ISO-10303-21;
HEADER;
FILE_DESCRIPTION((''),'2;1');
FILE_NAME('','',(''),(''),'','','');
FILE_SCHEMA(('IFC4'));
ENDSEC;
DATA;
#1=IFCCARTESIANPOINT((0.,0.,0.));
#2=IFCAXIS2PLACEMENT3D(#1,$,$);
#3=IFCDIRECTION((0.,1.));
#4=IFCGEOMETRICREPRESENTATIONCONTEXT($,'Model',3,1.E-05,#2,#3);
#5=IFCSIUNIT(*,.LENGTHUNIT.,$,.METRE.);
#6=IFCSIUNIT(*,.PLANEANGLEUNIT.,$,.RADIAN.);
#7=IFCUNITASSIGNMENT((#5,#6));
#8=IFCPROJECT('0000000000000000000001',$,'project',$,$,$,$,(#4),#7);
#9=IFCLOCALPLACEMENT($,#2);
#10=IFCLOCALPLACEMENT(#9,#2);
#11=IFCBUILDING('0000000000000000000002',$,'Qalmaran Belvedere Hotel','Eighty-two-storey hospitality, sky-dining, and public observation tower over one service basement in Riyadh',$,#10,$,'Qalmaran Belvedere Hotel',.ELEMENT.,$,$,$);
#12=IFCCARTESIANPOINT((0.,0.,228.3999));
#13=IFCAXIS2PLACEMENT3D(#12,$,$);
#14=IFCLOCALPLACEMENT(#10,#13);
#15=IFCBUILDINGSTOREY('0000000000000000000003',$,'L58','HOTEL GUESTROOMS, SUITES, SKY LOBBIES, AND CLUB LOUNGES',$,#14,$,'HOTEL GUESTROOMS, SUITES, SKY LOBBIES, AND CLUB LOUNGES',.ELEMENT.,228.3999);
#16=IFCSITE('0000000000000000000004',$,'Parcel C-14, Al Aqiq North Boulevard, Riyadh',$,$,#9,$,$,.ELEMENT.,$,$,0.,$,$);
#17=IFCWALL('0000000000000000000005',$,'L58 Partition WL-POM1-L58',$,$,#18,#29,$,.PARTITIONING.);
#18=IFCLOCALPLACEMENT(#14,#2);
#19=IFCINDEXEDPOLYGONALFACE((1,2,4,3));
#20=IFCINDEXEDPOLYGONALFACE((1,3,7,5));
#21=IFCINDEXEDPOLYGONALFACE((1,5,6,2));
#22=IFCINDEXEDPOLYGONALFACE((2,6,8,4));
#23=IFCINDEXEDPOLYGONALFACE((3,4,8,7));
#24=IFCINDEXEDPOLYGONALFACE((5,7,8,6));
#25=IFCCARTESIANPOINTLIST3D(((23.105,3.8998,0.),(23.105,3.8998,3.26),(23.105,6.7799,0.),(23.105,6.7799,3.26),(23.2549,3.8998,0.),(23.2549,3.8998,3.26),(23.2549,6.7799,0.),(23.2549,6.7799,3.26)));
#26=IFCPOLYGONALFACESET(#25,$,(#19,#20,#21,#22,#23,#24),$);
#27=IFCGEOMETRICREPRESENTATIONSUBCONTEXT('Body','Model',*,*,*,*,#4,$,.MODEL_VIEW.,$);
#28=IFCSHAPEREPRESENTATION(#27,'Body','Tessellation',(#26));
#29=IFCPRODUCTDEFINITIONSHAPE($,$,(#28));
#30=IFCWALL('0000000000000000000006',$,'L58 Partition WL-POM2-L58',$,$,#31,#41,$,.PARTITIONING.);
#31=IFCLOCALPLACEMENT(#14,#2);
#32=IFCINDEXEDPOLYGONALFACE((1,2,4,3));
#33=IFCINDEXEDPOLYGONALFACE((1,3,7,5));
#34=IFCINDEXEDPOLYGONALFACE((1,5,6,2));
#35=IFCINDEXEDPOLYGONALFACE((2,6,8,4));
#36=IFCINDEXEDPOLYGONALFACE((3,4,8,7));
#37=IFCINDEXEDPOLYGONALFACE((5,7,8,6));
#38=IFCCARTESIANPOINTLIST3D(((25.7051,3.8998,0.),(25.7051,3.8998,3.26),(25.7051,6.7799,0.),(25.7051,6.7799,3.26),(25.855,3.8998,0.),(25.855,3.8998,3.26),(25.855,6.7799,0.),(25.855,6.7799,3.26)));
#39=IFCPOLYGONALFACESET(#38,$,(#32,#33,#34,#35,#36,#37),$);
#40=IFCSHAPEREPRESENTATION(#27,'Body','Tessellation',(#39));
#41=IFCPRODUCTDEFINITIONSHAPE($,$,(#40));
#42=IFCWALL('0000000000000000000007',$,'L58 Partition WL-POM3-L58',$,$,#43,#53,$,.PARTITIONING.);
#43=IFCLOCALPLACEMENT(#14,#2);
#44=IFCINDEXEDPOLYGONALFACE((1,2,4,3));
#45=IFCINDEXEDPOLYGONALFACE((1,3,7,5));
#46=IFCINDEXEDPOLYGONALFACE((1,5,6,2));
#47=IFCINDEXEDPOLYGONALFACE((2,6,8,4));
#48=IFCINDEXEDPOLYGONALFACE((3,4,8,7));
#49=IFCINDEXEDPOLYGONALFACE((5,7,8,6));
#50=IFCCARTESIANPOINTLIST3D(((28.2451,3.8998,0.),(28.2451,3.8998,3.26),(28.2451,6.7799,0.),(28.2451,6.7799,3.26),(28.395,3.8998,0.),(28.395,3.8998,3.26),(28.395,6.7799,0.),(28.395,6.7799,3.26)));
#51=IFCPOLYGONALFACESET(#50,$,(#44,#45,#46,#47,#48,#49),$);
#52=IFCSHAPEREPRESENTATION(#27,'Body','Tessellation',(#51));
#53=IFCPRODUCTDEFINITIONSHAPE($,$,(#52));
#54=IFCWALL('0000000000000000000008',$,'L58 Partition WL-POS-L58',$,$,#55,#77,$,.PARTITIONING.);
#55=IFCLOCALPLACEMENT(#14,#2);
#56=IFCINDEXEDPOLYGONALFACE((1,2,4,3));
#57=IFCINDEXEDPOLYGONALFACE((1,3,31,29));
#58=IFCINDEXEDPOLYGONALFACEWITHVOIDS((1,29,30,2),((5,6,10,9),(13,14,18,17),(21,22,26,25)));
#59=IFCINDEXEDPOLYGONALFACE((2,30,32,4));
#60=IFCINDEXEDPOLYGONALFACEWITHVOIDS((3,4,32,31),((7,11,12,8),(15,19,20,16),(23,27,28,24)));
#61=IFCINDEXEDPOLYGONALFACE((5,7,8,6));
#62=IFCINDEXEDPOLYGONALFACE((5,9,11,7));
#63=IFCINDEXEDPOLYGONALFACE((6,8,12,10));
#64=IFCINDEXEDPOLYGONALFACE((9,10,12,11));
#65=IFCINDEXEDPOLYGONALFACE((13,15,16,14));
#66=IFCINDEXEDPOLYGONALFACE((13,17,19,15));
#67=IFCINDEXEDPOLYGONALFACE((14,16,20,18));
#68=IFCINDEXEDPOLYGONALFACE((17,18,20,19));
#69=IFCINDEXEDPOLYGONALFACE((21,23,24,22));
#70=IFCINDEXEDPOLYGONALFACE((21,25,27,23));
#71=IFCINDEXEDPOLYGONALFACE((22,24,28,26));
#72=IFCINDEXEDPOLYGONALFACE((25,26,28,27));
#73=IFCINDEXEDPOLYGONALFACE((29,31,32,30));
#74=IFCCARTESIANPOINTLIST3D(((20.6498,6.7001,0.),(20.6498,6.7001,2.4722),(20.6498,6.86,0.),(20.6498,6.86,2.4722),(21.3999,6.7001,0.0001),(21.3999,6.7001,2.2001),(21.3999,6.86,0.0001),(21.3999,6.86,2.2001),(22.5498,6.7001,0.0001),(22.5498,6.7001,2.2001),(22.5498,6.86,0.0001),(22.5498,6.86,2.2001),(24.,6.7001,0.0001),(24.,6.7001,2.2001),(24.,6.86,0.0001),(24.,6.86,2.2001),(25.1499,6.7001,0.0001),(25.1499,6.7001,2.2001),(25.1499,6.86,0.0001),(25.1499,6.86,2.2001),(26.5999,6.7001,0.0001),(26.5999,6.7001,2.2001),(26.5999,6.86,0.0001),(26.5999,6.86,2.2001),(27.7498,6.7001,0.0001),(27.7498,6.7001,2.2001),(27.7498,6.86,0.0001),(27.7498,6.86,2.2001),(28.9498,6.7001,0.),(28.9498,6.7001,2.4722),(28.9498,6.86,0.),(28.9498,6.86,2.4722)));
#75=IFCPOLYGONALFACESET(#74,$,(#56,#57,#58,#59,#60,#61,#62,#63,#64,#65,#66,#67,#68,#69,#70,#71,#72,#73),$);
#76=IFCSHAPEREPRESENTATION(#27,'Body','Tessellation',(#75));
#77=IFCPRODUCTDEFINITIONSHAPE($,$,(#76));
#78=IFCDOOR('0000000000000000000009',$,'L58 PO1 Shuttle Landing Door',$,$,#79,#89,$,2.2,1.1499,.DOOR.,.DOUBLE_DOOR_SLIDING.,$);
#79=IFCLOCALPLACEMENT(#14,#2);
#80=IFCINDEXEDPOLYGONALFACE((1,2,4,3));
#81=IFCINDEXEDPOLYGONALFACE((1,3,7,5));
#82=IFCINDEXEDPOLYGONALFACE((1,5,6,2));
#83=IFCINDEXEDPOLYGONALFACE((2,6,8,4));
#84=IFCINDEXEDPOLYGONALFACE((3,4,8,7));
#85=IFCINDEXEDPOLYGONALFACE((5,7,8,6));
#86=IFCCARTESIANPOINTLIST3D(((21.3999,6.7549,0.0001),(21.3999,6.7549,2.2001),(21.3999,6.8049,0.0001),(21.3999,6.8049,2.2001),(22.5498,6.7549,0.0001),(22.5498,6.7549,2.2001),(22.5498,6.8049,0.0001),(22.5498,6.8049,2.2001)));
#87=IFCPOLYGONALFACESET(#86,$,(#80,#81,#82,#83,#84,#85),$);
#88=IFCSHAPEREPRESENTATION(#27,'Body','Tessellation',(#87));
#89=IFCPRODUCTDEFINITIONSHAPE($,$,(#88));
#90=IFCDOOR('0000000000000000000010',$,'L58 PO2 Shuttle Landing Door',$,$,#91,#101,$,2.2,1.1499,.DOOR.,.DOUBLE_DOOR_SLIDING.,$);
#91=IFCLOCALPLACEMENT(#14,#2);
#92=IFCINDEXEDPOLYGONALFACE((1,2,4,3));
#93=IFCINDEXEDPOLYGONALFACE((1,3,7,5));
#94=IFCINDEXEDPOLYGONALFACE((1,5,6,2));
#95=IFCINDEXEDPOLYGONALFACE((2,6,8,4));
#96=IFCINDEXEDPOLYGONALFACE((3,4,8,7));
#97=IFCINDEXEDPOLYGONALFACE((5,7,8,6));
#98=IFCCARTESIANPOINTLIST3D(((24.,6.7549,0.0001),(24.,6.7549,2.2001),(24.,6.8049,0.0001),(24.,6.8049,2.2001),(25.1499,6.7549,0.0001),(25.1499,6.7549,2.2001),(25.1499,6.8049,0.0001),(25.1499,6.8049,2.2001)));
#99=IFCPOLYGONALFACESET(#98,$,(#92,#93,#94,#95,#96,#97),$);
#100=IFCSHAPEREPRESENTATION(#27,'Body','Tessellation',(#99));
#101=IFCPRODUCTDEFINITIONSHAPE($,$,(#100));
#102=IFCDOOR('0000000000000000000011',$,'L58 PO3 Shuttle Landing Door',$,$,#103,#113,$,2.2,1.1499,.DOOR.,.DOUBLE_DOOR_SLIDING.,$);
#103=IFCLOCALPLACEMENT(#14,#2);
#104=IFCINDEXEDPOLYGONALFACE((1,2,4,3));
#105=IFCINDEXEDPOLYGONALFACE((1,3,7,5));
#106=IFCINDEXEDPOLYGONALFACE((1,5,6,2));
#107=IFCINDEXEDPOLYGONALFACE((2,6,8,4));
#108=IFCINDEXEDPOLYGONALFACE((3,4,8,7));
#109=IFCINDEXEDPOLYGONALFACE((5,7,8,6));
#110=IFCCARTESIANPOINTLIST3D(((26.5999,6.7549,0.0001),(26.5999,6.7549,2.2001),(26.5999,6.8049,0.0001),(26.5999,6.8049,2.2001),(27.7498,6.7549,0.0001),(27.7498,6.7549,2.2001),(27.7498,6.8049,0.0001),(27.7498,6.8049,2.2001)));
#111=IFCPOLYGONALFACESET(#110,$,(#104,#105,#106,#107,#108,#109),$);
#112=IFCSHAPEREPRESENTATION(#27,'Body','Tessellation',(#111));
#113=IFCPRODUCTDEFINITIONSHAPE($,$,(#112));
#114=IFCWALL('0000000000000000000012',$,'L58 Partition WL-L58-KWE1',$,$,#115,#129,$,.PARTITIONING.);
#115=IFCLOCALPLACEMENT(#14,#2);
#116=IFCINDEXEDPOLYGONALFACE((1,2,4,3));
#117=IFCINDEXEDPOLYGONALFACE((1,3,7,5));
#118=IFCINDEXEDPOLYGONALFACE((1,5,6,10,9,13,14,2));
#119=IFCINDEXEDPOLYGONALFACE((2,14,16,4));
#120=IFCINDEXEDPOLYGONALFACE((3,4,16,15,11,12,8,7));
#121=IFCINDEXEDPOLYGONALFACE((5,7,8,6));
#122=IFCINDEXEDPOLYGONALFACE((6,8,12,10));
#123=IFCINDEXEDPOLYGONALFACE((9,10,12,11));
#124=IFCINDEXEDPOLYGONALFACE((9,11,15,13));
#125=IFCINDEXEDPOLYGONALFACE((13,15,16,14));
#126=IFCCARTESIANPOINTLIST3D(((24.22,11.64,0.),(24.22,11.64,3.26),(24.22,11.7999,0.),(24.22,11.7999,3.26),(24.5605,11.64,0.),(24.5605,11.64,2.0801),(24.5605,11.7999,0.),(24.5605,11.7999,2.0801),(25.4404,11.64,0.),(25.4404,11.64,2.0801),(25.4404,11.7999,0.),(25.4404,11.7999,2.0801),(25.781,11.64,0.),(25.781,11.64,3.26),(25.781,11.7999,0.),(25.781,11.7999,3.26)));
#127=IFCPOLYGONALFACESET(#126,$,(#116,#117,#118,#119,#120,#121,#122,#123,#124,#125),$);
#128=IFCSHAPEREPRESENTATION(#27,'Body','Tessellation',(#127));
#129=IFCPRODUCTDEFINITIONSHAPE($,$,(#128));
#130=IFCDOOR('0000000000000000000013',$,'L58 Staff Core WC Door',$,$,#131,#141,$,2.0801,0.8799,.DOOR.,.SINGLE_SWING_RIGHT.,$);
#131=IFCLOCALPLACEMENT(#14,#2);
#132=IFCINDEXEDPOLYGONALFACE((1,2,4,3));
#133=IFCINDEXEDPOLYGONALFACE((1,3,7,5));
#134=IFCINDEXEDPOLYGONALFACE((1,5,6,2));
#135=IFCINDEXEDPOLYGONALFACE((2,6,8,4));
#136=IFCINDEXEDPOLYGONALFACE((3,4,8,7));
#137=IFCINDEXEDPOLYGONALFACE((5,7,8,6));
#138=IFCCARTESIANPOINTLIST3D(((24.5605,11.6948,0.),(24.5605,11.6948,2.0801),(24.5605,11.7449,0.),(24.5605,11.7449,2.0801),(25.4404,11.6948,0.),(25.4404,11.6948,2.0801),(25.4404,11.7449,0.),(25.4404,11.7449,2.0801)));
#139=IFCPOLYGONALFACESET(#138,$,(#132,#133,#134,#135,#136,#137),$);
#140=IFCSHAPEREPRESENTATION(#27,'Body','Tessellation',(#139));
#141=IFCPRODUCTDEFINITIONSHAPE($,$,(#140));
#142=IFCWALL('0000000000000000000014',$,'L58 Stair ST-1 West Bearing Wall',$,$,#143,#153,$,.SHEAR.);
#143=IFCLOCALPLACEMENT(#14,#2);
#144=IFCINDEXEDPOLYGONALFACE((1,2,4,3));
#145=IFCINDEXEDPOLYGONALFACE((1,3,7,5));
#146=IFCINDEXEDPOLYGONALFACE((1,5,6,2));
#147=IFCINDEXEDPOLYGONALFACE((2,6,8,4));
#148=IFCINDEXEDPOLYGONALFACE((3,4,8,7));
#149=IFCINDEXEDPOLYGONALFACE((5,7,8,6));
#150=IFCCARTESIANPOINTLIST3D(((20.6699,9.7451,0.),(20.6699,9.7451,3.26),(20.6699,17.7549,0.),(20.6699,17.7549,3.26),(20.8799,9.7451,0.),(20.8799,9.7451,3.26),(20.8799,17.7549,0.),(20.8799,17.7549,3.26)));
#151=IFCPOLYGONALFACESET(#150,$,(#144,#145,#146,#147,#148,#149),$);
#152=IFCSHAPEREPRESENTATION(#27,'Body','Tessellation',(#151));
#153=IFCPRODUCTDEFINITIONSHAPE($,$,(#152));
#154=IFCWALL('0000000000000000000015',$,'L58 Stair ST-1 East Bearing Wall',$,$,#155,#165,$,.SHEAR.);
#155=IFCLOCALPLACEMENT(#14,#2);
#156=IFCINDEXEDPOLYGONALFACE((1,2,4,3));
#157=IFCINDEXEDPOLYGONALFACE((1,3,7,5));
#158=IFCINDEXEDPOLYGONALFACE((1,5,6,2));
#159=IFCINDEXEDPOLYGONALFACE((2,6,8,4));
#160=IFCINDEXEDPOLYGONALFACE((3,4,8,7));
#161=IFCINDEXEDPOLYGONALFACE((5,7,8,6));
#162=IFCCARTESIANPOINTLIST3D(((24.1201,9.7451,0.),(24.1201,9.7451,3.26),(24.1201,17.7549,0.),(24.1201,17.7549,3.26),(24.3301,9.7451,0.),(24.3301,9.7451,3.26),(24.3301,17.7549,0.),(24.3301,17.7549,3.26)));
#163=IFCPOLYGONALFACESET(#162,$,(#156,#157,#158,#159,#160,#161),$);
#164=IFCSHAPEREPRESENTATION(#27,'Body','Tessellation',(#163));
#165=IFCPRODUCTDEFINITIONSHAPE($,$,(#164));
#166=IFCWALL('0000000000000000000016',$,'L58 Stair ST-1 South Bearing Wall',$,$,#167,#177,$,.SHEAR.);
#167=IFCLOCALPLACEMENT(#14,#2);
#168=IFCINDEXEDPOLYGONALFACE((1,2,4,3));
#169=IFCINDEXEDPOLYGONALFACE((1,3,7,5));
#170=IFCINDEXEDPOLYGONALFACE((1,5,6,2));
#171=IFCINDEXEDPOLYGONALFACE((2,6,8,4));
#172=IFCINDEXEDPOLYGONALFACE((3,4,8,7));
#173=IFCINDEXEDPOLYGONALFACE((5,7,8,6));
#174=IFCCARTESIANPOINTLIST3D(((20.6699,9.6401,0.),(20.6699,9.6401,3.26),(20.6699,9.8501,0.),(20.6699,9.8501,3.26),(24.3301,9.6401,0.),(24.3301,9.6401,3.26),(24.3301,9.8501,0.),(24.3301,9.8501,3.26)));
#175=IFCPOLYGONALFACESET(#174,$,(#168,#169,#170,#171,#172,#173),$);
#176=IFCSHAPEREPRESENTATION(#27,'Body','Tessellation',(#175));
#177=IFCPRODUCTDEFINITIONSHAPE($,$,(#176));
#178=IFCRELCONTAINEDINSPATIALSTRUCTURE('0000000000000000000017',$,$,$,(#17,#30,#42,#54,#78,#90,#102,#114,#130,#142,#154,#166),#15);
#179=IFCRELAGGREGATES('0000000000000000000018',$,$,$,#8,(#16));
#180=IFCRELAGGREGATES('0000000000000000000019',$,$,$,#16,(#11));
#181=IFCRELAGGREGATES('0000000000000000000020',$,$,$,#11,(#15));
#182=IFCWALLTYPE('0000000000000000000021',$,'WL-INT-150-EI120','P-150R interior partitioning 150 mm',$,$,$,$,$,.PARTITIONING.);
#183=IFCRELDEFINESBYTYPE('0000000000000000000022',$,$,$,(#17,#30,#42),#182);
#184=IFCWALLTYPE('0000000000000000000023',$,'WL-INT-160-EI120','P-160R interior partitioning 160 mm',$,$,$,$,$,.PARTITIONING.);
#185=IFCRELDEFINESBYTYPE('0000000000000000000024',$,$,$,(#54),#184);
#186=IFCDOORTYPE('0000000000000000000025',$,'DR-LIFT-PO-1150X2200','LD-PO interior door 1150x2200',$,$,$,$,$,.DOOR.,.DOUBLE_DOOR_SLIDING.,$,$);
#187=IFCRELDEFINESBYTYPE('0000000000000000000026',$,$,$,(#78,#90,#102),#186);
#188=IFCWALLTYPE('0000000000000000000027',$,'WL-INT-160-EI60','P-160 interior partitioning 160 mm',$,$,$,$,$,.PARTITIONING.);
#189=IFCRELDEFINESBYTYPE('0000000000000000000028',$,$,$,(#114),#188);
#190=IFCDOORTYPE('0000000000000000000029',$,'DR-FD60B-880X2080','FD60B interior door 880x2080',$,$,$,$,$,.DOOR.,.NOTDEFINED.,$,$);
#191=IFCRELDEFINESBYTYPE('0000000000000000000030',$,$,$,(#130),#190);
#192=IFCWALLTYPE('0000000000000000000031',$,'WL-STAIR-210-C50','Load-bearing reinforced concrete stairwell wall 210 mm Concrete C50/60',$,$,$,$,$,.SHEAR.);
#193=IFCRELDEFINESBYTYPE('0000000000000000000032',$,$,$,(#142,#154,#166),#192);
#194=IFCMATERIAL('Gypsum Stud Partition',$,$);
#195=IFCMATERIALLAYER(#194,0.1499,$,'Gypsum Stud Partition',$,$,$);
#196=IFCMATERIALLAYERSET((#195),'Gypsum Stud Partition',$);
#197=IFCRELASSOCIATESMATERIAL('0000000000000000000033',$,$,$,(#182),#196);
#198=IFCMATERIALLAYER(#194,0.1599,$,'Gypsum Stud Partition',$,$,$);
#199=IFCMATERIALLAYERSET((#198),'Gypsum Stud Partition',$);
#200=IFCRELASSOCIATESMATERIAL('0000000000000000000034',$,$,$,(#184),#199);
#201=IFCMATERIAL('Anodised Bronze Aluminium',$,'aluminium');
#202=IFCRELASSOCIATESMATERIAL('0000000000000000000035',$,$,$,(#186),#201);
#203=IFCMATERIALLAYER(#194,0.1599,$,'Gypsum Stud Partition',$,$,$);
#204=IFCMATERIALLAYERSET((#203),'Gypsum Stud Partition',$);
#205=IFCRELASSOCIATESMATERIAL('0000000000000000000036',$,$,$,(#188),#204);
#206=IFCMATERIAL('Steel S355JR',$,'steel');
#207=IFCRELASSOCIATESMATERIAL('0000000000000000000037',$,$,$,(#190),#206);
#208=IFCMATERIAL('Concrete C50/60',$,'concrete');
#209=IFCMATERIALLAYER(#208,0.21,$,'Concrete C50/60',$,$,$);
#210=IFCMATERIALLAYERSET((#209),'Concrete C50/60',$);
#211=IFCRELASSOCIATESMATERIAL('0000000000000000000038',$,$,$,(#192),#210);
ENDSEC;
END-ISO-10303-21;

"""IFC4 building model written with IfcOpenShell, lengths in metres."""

from ifc_helpers import new_model, si_unit, direction, frame, frame_2d, origin, place, context, subcontext, project, spatial, rectangle, extrude, material, layer, layer_set, type_object, element, fill, save


model = new_model("IFC4")

# Units and contexts
model_context = context("Model", 3, precision=1e-05, world=origin(), true_north=direction((0.0, 1.0)))
body_context = subcontext(model_context, "Body", "Model", "MODEL_VIEW")
ifc_project = project(units=[si_unit("LENGTHUNIT", "METRE"), si_unit("PLANEANGLEUNIT", "RADIAN")], contexts=[model_context])

# Site, building, storey
site_placement = place(None, origin())
site = spatial("IfcSite", under=ifc_project, at=site_placement, Name="Parcel C-14, Al Aqiq North Boulevard, Riyadh", CompositionType="ELEMENT", RefElevation=0.0)
building_placement = place(site_placement, origin())
building = spatial("IfcBuilding", under=site, at=building_placement, Name="Qalmaran Belvedere Hotel", Description="Eighty-two-storey hospitality, sky-dining, and public observation tower over one service basement in Riyadh", LongName="Qalmaran Belvedere Hotel", CompositionType="ELEMENT")
storey_placement = place(building_placement, frame((0.0, 0.0, 228.3999)))
storey = spatial("IfcBuildingStorey", under=building, at=storey_placement, Name="L58", Description="HOTEL GUESTROOMS, SUITES, SKY LOBBIES, AND CLUB LOUNGES", LongName="HOTEL GUESTROOMS, SUITES, SKY LOBBIES, AND CLUB LOUNGES", CompositionType="ELEMENT", Elevation=228.3999)

# Shared definitions
ifc_material_1 = material(Name="Concrete C50/60", Category="concrete")

# Shared definitions
ifc_material_2 = material(Name="Steel S355JR", Category="steel")

# Shared definitions
ifc_material_3 = material(Name="Anodised Bronze Aluminium", Category="aluminium")

# Walls
ifc_material_4 = material(Name="Gypsum Stud Partition")
ifc_layer_1 = layer(ifc_material_4, 0.1499, Name="Gypsum Stud Partition")
ifc_layer_set_1 = layer_set([ifc_layer_1], Name="Gypsum Stud Partition")
wall_type_1 = type_object("IfcWallType", Name="WL-INT-150-EI120", Description="P-150R interior partitioning 150 mm", PredefinedType="PARTITIONING", material=ifc_layer_set_1)
for number, where, z_axis, x_axis, name in (
    (1, (23.1799, 3.8999, 0.0), (0.0, 0.0, 1.0), (0.0, 1.0, 0.0), "L58 Partition WL-POM1-L58"),
    (2, (25.78, 3.8999, 0.0), (0.0, 0.0, 1.0), (0.0, 1.0, 0.0), "L58 Partition WL-POM2-L58"),
    (3, (28.3201, 3.8999, 0.0), (0.0, 0.0, 1.0), (0.0, 1.0, 0.0), "L58 Partition WL-POM3-L58"),
):
    element("IfcWall", number, at=place(storey_placement, frame(where, z_axis=z_axis, x_axis=x_axis)), inside=storey, type_object=wall_type_1, Name=name, PredefinedType="PARTITIONING", context=body_context, shape_type="SweptSolid", body=[
        extrude(rectangle(XDim=2.8801, YDim=0.1499, at=frame_2d((1.4399, 0.0))), origin(), (0.0, 0.0, 1.0), 3.26),
    ])

# Wall, openings, doors
ifc_layer_2 = layer(ifc_material_4, 0.1599, Name="Gypsum Stud Partition")
ifc_layer_set_2 = layer_set([ifc_layer_2], Name="Gypsum Stud Partition")
wall_type_2 = type_object("IfcWallType", Name="WL-INT-160-EI120", Description="P-160R interior partitioning 160 mm", PredefinedType="PARTITIONING", material=ifc_layer_set_2)
wall_1_placement = place(storey_placement, frame((20.6499, 6.78, 0.0), z_axis=(0.0, 0.0, 1.0), x_axis=(1.0, 0.0, 0.0)))
wall_1 = element("IfcWall", 4, at=wall_1_placement, inside=storey, type_object=wall_type_2, Name="L58 Partition WL-POS-L58", PredefinedType="PARTITIONING", context=body_context, shape_type="SweptSolid", body=[
    extrude(rectangle(XDim=8.3, YDim=0.1599, at=frame_2d((4.1499, 0.0))), origin(), (0.0, 0.0, 1.0), 2.4722),
])
opening_1_placement = place(wall_1_placement, frame((0.75, 0.0, 0.0)))
opening_1 = element("IfcOpeningElement", 5, at=opening_1_placement, cuts=wall_1, PredefinedType="OPENING", context=body_context, shape_type="SweptSolid", body=[
    extrude(rectangle(XDim=1.1499, YDim=2.2, at=frame_2d((0.575, 1.1001))), frame((0.0, 0.0898, 0.0), z_axis=(0.0, -1.0, 0.0), x_axis=(1.0, 0.0, 0.0)), (0.0, 0.0, 1.0), 0.1799),
])
opening_2_placement = place(wall_1_placement, frame((3.3501, 0.0, 0.0)))
opening_2 = element("IfcOpeningElement", 6, at=opening_2_placement, cuts=wall_1, PredefinedType="OPENING", context=body_context, shape_type="SweptSolid", body=[
    extrude(rectangle(XDim=1.1499, YDim=2.2, at=frame_2d((0.575, 1.1001))), frame((0.0, 0.0898, 0.0), z_axis=(0.0, -1.0, 0.0), x_axis=(1.0, 0.0, 0.0)), (0.0, 0.0, 1.0), 0.1799),
])
opening_3_placement = place(wall_1_placement, frame((5.95, 0.0, 0.0)))
opening_3 = element("IfcOpeningElement", 7, at=opening_3_placement, cuts=wall_1, PredefinedType="OPENING", context=body_context, shape_type="SweptSolid", body=[
    extrude(rectangle(XDim=1.1499, YDim=2.2, at=frame_2d((0.575, 1.1001))), frame((0.0, 0.0898, 0.0), z_axis=(0.0, -1.0, 0.0), x_axis=(1.0, 0.0, 0.0)), (0.0, 0.0, 1.0), 0.1799),
])
door_type_1 = type_object("IfcDoorType", Name="DR-LIFT-PO-1150X2200", Description="LD-PO interior door 1150x2200", OperationType="DOUBLE_DOOR_SLIDING", PredefinedType="DOOR", material=ifc_material_3)
door_1_placement = place(opening_1_placement, origin())
door_1 = element("IfcDoor", 8, at=door_1_placement, inside=storey, type_object=door_type_1, Name="L58 PO1 Shuttle Landing Door", OperationType="DOUBLE_DOOR_SLIDING", OverallHeight=2.2, OverallWidth=1.1499, PredefinedType="DOOR", context=body_context, shape_type="SweptSolid", body=[
    extrude(rectangle(XDim=1.1499, YDim=2.2, at=frame_2d((0.575, 1.1001))), frame((0.0, 0.0249, 0.0), z_axis=(0.0, -1.0, 0.0), x_axis=(1.0, 0.0, 0.0)), (0.0, 0.0, 1.0), 0.05),
])
fill(opening_1, door_1)
door_2_placement = place(opening_2_placement, origin())
door_2 = element("IfcDoor", 9, at=door_2_placement, inside=storey, type_object=door_type_1, Name="L58 PO2 Shuttle Landing Door", OperationType="DOUBLE_DOOR_SLIDING", OverallHeight=2.2, OverallWidth=1.1499, PredefinedType="DOOR", context=body_context, shape_type="SweptSolid", body=[
    extrude(rectangle(XDim=1.1499, YDim=2.2, at=frame_2d((0.575, 1.1001))), frame((0.0, 0.0249, 0.0), z_axis=(0.0, -1.0, 0.0), x_axis=(1.0, 0.0, 0.0)), (0.0, 0.0, 1.0), 0.05),
])
fill(opening_2, door_2)
door_3_placement = place(opening_3_placement, origin())
door_3 = element("IfcDoor", 10, at=door_3_placement, inside=storey, type_object=door_type_1, Name="L58 PO3 Shuttle Landing Door", OperationType="DOUBLE_DOOR_SLIDING", OverallHeight=2.2, OverallWidth=1.1499, PredefinedType="DOOR", context=body_context, shape_type="SweptSolid", body=[
    extrude(rectangle(XDim=1.1499, YDim=2.2, at=frame_2d((0.575, 1.1001))), frame((0.0, 0.0249, 0.0), z_axis=(0.0, -1.0, 0.0), x_axis=(1.0, 0.0, 0.0)), (0.0, 0.0, 1.0), 0.05),
])
fill(opening_3, door_3)

# Wall, opening, door
ifc_layer_3 = layer(ifc_material_4, 0.1599, Name="Gypsum Stud Partition")
ifc_layer_set_3 = layer_set([ifc_layer_3], Name="Gypsum Stud Partition")
wall_type_3 = type_object("IfcWallType", Name="WL-INT-160-EI60", Description="P-160 interior partitioning 160 mm", PredefinedType="PARTITIONING", material=ifc_layer_set_3)
wall_2_placement = place(storey_placement, frame((24.22, 11.72, 0.0), z_axis=(0.0, 0.0, 1.0), x_axis=(1.0, 0.0, 0.0)))
wall_2 = element("IfcWall", 11, at=wall_2_placement, inside=storey, type_object=wall_type_3, Name="L58 Partition WL-L58-KWE1", PredefinedType="PARTITIONING", context=body_context, shape_type="SweptSolid", body=[
    extrude(rectangle(XDim=1.561, YDim=0.1599, at=frame_2d((0.7805, 0.0))), origin(), (0.0, 0.0, 1.0), 3.26),
])
opening_4_placement = place(wall_2_placement, frame((0.3406, 0.0, 0.0)))
opening_4 = element("IfcOpeningElement", 12, at=opening_4_placement, cuts=wall_2, PredefinedType="OPENING", context=body_context, shape_type="SweptSolid", body=[
    extrude(rectangle(XDim=0.8799, YDim=2.0801, at=frame_2d((0.4399, 1.04))), frame((0.0, 0.0898, 0.0), z_axis=(0.0, -1.0, 0.0), x_axis=(1.0, 0.0, 0.0)), (0.0, 0.0, 1.0), 0.1799),
])
door_type_2 = type_object("IfcDoorType", Name="DR-FD60B-880X2080", Description="FD60B interior door 880x2080", OperationType="NOTDEFINED", PredefinedType="DOOR", material=ifc_material_2)
door_4_placement = place(opening_4_placement, origin())
door_4 = element("IfcDoor", 13, at=door_4_placement, inside=storey, type_object=door_type_2, Name="L58 Staff Core WC Door", OperationType="SINGLE_SWING_RIGHT", OverallHeight=2.0801, OverallWidth=0.8799, PredefinedType="DOOR", context=body_context, shape_type="SweptSolid", body=[
    extrude(rectangle(XDim=0.8799, YDim=2.0801, at=frame_2d((0.4399, 1.04))), frame((0.0, 0.0249, 0.0), z_axis=(0.0, -1.0, 0.0), x_axis=(1.0, 0.0, 0.0)), (0.0, 0.0, 1.0), 0.05),
])
fill(opening_4, door_4)

# Walls
ifc_layer_4 = layer(ifc_material_1, 0.21, Name="Concrete C50/60")
ifc_layer_set_4 = layer_set([ifc_layer_4], Name="Concrete C50/60")
wall_type_4 = type_object("IfcWallType", Name="WL-STAIR-210-C50", Description="Load-bearing reinforced concrete stairwell wall 210 mm Concrete C50/60", PredefinedType="SHEAR", material=ifc_layer_set_4)
for number, where, z_axis, x_axis, name in (
    (14, (20.7749, 9.7451, 0.0), (0.0, 0.0, 1.0), (0.0, 1.0, 0.0), "L58 Stair ST-1 West Bearing Wall"),
    (15, (24.2251, 9.7451, 0.0), (0.0, 0.0, 1.0), (0.0, 1.0, 0.0), "L58 Stair ST-1 East Bearing Wall"),
):
    element("IfcWall", number, at=place(storey_placement, frame(where, z_axis=z_axis, x_axis=x_axis)), inside=storey, type_object=wall_type_4, Name=name, PredefinedType="SHEAR", context=body_context, shape_type="SweptSolid", body=[
        extrude(rectangle(XDim=8.0098, YDim=0.21, at=frame_2d((4.0049, 0.0))), origin(), (0.0, 0.0, 1.0), 3.26),
    ])
wall_3_placement = place(storey_placement, frame((20.6699, 9.7451, 0.0), z_axis=(0.0, 0.0, 1.0), x_axis=(1.0, 0.0, 0.0)))
element("IfcWall", 16, at=wall_3_placement, inside=storey, type_object=wall_type_4, Name="L58 Stair ST-1 South Bearing Wall", PredefinedType="SHEAR", context=body_context, shape_type="SweptSolid", body=[
    extrude(rectangle(XDim=3.6602, YDim=0.21, at=frame_2d((1.8301, 0.0))), origin(), (0.0, 0.0, 1.0), 3.26),
])

save(model, "model.ifc")
